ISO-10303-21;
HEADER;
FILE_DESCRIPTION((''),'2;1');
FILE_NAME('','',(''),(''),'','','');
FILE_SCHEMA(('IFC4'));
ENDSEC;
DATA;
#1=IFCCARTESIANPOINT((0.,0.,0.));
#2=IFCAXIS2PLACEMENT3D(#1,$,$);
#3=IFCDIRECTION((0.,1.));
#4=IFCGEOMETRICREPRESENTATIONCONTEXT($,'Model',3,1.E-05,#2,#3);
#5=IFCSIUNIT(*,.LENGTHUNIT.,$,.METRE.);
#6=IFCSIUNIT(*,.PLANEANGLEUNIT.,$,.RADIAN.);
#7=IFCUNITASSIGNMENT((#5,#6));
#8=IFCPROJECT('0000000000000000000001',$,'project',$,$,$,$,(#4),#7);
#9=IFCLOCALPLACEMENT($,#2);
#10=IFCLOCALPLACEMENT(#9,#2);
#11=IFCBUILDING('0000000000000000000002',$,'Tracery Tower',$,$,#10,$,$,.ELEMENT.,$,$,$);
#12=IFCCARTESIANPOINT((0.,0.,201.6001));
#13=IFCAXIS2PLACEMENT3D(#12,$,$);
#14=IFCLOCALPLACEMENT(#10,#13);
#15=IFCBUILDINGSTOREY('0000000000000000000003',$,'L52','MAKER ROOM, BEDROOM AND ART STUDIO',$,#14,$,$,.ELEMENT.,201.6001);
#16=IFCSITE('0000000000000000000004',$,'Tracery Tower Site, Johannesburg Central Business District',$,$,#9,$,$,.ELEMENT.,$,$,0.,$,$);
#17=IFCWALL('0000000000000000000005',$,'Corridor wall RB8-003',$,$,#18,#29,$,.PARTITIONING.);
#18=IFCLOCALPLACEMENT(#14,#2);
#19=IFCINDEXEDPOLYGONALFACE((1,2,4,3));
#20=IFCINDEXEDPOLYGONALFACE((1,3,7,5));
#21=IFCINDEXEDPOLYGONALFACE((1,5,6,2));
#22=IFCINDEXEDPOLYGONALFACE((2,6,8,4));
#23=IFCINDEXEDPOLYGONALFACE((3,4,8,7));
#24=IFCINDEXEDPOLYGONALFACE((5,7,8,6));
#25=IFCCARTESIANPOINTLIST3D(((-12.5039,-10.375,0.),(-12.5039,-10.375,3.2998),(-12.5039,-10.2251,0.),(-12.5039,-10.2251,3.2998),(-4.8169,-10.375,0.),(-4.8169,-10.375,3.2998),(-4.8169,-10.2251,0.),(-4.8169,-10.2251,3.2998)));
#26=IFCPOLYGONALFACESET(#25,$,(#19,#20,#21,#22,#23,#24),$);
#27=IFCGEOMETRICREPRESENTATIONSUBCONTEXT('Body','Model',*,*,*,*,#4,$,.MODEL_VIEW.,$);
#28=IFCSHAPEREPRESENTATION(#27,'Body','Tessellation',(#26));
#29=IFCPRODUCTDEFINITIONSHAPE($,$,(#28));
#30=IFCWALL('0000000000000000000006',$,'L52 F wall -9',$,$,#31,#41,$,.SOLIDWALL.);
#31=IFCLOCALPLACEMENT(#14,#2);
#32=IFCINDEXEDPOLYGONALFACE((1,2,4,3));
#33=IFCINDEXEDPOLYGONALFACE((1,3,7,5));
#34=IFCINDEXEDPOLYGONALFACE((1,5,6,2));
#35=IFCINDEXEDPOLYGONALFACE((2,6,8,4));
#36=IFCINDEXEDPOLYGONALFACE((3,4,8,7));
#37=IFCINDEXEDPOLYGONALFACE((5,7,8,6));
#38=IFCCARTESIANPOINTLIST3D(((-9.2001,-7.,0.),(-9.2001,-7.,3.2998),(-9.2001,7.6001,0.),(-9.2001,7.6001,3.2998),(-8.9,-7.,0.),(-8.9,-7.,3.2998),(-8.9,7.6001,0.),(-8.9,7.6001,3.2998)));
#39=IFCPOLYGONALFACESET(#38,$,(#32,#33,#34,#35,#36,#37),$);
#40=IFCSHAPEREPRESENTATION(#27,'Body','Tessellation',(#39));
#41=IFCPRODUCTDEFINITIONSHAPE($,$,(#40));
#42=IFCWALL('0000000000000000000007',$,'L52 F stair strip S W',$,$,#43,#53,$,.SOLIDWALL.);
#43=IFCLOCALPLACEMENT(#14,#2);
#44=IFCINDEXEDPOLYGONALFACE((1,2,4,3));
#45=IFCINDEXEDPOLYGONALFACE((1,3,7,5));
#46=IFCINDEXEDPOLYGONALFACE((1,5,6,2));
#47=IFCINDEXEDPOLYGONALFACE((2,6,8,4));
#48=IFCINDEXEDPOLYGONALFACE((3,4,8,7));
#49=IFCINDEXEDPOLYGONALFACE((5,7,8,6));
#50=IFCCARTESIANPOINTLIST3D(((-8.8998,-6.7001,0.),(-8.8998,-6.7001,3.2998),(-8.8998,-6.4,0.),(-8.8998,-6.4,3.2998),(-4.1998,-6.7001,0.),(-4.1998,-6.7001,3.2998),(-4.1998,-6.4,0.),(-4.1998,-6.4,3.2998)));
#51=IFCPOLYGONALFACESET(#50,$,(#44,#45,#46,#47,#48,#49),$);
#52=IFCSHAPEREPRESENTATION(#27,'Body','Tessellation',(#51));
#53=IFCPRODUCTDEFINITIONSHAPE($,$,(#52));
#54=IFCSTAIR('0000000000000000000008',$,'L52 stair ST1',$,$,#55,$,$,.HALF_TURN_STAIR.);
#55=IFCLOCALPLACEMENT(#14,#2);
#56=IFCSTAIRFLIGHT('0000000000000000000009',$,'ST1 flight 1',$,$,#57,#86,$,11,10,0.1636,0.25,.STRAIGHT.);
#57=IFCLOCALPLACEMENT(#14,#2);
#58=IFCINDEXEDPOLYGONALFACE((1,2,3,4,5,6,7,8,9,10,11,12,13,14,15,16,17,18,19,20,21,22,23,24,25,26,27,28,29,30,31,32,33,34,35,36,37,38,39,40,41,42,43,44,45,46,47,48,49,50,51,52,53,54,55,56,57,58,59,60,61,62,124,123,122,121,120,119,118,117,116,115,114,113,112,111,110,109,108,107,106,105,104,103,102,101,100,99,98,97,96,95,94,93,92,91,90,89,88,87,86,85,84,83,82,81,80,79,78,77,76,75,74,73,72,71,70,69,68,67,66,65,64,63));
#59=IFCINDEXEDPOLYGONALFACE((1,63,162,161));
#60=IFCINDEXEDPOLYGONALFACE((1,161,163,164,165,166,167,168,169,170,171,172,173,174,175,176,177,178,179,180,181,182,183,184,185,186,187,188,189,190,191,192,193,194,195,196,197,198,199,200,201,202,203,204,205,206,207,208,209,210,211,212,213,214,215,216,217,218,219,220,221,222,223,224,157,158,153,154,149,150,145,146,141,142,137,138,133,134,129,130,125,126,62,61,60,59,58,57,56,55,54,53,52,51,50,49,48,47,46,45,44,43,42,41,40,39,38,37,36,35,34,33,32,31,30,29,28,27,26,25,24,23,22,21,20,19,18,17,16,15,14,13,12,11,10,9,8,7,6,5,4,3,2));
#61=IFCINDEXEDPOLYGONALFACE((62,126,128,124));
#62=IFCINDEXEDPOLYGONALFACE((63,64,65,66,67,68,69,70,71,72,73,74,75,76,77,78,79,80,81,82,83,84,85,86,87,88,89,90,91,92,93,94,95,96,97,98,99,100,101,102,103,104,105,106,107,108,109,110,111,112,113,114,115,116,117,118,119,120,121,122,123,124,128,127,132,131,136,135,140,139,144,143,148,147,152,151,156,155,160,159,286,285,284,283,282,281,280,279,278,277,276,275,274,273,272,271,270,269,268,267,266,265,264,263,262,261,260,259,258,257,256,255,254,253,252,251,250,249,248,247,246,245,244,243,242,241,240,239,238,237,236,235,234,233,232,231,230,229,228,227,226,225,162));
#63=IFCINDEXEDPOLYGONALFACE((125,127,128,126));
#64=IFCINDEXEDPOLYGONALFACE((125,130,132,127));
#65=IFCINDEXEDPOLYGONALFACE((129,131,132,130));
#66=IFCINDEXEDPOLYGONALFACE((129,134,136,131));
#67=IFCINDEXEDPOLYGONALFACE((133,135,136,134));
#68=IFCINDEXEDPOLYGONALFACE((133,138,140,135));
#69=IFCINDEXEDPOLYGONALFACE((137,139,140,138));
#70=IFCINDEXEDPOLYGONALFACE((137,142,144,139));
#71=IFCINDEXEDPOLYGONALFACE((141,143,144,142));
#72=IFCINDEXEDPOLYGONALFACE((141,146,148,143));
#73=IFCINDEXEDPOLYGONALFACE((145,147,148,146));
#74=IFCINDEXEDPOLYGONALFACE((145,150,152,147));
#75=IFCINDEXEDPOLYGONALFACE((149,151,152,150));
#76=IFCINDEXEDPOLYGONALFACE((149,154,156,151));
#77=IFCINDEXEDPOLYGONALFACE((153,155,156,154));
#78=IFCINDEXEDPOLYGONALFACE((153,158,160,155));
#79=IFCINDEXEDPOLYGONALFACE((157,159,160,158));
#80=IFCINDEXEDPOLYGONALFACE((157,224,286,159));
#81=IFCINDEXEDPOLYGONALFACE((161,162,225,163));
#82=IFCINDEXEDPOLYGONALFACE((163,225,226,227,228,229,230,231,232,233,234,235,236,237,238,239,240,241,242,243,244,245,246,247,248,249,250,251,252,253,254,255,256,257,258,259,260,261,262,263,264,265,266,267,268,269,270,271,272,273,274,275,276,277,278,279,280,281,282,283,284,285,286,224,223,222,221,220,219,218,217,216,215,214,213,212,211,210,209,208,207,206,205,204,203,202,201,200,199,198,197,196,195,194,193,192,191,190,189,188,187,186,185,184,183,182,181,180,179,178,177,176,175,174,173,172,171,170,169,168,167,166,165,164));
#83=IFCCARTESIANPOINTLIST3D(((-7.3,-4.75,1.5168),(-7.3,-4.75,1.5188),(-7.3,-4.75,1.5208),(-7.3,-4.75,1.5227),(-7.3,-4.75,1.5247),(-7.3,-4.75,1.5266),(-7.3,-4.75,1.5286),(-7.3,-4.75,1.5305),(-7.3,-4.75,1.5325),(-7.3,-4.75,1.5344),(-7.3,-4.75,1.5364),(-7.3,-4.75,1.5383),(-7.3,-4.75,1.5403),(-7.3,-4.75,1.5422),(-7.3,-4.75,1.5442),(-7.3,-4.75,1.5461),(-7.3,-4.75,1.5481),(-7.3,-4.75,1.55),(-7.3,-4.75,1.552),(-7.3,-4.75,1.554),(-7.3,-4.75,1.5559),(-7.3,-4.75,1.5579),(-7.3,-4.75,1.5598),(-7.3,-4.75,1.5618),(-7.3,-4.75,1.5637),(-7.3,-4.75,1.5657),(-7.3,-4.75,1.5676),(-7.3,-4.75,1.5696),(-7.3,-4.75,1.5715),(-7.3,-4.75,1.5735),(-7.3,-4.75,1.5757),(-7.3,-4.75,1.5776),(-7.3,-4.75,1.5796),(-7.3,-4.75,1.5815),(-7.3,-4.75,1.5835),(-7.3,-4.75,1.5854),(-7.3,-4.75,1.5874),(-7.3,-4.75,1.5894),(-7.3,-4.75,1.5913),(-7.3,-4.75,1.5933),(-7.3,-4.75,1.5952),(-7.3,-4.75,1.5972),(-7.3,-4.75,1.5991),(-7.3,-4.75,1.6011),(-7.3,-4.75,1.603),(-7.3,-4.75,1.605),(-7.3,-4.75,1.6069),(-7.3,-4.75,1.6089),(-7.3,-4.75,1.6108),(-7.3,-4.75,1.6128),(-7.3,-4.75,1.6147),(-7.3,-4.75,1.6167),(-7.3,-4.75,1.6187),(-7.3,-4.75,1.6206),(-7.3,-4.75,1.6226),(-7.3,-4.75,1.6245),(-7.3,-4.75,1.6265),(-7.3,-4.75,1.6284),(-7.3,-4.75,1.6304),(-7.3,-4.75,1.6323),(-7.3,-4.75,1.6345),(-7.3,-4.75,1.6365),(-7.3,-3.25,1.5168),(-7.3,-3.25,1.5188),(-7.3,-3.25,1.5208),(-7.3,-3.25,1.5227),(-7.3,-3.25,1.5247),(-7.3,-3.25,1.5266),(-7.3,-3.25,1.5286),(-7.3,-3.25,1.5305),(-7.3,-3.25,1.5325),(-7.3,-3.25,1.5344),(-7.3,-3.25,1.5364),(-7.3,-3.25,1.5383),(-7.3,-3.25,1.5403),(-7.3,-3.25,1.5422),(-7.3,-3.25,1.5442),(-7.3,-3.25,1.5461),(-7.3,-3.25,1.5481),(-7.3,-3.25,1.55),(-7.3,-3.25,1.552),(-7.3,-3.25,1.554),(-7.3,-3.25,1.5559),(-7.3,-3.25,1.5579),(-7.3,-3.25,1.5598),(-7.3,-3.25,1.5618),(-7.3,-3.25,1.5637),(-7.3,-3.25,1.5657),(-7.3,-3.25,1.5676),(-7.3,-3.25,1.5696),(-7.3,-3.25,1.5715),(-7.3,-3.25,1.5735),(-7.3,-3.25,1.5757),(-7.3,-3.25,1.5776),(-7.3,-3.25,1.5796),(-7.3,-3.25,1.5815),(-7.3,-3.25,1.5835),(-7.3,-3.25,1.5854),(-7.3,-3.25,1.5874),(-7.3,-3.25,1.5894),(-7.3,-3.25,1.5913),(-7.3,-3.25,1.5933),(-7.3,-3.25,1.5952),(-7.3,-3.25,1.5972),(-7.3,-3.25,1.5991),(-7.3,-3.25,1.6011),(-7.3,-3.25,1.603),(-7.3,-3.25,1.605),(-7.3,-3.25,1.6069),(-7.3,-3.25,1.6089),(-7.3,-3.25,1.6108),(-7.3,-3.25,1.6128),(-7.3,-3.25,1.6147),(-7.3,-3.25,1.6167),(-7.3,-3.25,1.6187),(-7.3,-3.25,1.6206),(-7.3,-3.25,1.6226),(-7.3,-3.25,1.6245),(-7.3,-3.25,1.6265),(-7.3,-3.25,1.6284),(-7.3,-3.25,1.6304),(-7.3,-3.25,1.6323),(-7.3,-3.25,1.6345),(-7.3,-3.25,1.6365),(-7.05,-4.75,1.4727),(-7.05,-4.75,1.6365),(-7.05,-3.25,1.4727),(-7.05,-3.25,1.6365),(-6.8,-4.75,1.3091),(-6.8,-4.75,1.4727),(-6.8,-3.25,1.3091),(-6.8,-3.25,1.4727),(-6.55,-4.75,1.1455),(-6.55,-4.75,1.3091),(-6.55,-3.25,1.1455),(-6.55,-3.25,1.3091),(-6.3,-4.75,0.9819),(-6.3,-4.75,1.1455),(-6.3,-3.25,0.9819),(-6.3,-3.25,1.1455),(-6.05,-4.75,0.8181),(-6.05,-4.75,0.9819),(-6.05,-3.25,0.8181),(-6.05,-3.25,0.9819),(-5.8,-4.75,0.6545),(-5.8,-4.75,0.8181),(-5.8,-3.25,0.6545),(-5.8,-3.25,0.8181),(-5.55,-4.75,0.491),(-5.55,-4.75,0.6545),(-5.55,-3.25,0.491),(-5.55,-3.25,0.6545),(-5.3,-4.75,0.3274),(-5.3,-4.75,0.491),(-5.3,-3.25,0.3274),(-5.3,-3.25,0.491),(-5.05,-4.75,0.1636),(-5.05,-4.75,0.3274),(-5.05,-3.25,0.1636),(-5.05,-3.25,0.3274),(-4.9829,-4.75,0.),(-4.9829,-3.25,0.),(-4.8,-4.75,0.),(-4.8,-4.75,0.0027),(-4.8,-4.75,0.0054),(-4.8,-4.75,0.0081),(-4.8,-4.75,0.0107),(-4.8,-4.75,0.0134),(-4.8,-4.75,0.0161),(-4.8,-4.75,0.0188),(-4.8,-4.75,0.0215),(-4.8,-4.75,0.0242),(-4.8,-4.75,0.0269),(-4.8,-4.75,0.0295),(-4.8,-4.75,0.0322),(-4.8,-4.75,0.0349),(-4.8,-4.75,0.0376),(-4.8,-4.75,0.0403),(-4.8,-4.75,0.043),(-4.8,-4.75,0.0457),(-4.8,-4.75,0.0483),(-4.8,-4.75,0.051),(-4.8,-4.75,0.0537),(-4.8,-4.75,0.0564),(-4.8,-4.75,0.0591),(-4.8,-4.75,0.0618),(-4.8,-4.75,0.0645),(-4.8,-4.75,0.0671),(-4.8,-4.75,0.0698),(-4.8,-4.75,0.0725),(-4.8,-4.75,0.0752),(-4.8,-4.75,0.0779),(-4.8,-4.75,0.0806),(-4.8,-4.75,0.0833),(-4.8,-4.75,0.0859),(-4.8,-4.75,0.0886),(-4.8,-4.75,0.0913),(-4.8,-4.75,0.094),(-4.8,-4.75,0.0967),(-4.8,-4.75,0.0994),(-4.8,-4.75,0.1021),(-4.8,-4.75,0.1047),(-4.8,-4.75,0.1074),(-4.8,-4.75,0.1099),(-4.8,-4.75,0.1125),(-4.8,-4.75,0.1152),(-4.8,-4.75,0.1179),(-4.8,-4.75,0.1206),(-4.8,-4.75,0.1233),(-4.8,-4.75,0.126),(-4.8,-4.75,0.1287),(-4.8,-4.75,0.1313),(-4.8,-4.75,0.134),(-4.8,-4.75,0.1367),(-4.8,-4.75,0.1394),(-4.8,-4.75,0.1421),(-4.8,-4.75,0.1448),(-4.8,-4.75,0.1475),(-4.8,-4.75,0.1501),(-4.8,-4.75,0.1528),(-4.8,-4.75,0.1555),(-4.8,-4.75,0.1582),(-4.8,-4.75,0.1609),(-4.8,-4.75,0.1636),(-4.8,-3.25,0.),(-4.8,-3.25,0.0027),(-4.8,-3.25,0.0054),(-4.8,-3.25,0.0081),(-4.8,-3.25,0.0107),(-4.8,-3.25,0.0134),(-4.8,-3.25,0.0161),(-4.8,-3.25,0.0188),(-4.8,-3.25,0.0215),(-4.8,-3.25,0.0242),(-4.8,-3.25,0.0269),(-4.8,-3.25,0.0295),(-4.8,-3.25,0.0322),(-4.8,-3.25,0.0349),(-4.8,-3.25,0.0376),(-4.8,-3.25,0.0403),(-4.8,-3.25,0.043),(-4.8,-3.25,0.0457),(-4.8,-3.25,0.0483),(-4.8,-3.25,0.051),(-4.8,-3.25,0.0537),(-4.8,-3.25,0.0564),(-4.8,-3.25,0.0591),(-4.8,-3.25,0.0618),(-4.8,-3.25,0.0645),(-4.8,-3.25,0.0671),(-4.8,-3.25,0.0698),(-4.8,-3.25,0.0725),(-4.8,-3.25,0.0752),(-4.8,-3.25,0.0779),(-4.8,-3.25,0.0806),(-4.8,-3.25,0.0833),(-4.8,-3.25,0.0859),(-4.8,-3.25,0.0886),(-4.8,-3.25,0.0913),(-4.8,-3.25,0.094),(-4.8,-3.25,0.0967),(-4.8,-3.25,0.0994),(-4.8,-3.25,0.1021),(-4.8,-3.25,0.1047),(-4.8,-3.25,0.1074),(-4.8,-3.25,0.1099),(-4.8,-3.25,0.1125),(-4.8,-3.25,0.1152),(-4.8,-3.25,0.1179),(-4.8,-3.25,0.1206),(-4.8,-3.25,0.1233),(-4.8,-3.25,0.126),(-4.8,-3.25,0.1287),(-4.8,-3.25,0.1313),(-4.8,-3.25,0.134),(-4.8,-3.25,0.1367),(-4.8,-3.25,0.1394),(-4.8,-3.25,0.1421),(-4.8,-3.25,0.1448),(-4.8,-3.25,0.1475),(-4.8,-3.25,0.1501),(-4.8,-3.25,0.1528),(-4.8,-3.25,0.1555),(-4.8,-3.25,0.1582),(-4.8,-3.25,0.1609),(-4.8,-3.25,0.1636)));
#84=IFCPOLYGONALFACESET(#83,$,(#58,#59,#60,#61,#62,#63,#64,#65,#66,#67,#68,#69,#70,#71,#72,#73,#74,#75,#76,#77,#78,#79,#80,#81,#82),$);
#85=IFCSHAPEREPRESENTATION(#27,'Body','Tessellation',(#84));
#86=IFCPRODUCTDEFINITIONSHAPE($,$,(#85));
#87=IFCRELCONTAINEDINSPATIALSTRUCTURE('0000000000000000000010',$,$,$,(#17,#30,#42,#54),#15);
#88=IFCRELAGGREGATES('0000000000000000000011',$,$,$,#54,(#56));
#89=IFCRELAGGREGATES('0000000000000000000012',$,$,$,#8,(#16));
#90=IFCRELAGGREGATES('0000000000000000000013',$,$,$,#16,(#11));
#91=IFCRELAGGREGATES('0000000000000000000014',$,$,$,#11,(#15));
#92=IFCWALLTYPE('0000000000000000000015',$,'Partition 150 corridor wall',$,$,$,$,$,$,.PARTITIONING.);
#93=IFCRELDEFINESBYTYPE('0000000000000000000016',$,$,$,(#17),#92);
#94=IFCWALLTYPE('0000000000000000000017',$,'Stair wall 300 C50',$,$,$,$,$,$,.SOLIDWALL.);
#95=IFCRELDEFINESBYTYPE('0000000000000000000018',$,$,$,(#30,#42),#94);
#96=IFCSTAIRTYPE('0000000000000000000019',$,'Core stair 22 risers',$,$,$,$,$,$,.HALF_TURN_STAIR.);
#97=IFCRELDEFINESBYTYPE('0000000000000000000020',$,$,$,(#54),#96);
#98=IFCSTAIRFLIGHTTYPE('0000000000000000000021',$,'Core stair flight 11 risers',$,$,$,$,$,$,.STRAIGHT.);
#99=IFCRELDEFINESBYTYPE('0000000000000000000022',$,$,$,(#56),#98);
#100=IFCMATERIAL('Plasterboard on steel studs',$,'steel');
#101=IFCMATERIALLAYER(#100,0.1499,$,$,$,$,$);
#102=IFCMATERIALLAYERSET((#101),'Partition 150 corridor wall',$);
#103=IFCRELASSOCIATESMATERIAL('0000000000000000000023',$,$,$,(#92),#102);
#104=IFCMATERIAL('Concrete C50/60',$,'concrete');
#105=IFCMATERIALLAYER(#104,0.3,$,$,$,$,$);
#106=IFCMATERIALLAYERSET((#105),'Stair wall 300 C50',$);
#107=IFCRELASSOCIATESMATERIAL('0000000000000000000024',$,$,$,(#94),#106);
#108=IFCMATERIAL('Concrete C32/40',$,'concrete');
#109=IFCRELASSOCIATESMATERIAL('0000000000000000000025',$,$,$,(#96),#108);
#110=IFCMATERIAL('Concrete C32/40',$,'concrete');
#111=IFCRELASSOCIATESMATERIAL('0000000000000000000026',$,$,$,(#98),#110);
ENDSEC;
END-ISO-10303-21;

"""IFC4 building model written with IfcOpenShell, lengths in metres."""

from ifc_helpers import new_model, si_unit, direction, frame, frame_2d, origin, place, context, subcontext, project, spatial, polyline, rectangle, outline, extrude, material, layer, layer_set, type_object, element, aggregate, save


model = new_model("IFC4")

# Units and contexts
model_context = context("Model", 3, precision=1e-05, world=origin(), true_north=direction((0.0, 1.0)))
body_context = subcontext(model_context, "Body", "Model", "MODEL_VIEW")
ifc_project = project(units=[si_unit("LENGTHUNIT", "METRE"), si_unit("PLANEANGLEUNIT", "RADIAN")], contexts=[model_context])

# Site, building, storey
site_placement = place(None, origin())
site = spatial("IfcSite", under=ifc_project, at=site_placement, Name="Tracery Tower Site, Johannesburg Central Business District", CompositionType="ELEMENT", RefElevation=0.0)
building_placement = place(site_placement, origin())
building = spatial("IfcBuilding", under=site, at=building_placement, Name="Tracery Tower", CompositionType="ELEMENT")
storey_placement = place(building_placement, frame((0.0, 0.0, 201.6001)))
storey = spatial("IfcBuildingStorey", under=building, at=storey_placement, Name="L52", Description="MAKER ROOM, BEDROOM AND ART STUDIO", CompositionType="ELEMENT", Elevation=201.6001)

# Wall
ifc_material_1 = material(Name="Plasterboard on steel studs", Category="steel")
ifc_layer_1 = layer(ifc_material_1, 0.1499)
ifc_layer_set_1 = layer_set([ifc_layer_1], Name="Partition 150 corridor wall")
wall_type_1 = type_object("IfcWallType", Name="Partition 150 corridor wall", PredefinedType="PARTITIONING", material=ifc_layer_set_1)
wall_1_placement = place(storey_placement, frame((-12.5039, -10.3, 0.0), z_axis=(0.0, 0.0, 1.0), x_axis=(1.0, 0.0, 0.0)))
element("IfcWall", 1, at=wall_1_placement, inside=storey, type_object=wall_type_1, Name="Corridor wall RB8-003", PredefinedType="PARTITIONING", context=body_context, shape_type="SweptSolid", body=[
    extrude(rectangle(XDim=7.687, YDim=0.1499, at=frame_2d((3.8435, 0.0))), origin(), (0.0, 0.0, 1.0), 3.2998),
])

# Shared definitions
ifc_material_2 = material(Name="Concrete C50/60", Category="concrete")
ifc_layer_2 = layer(ifc_material_2, 0.3)
ifc_layer_set_2 = layer_set([ifc_layer_2], Name="Stair wall 300 C50")
wall_type_2 = type_object("IfcWallType", Name="Stair wall 300 C50", PredefinedType="SOLIDWALL", material=ifc_layer_set_2)

# Walls
wall_2_placement = place(storey_placement, frame((-9.05, -7.0, 0.0), z_axis=(0.0, 0.0, 1.0), x_axis=(0.0, 1.0, 0.0)))
element("IfcWall", 2, at=wall_2_placement, inside=storey, type_object=wall_type_2, Name="L52 F wall -9", PredefinedType="SOLIDWALL", context=body_context, shape_type="SweptSolid", body=[
    extrude(rectangle(XDim=14.6001, YDim=0.3, at=frame_2d((7.3, 0.0))), origin(), (0.0, 0.0, 1.0), 3.2998),
])
wall_3_placement = place(storey_placement, frame((-8.8999, -6.55, 0.0), z_axis=(0.0, 0.0, 1.0), x_axis=(1.0, 0.0, 0.0)))
element("IfcWall", 3, at=wall_3_placement, inside=storey, type_object=wall_type_2, Name="L52 F stair strip S W", PredefinedType="SOLIDWALL", context=body_context, shape_type="SweptSolid", body=[
    extrude(rectangle(XDim=4.7, YDim=0.3, at=frame_2d((2.3501, 0.0))), origin(), (0.0, 0.0, 1.0), 3.2998),
])

# Stair, stair flight
ifc_material_3 = material(Name="Concrete C32/40", Category="concrete")
stair_type = type_object("IfcStairType", Name="Core stair 22 risers", PredefinedType="HALF_TURN_STAIR", material=ifc_material_3)
stair_placement = place(storey_placement, origin())
stair = element("IfcStair", 4, at=stair_placement, inside=storey, type_object=stair_type, Name="L52 stair ST1", PredefinedType="HALF_TURN_STAIR")
ifc_material_4 = material(Name="Concrete C32/40", Category="concrete")
stair_flight_type = type_object("IfcStairFlightType", Name="Core stair flight 11 risers", PredefinedType="STRAIGHT", material=ifc_material_4)
stair_flight_1_placement = place(storey_placement, frame((-4.8, -4.0, 0.0), z_axis=(0.0, 0.0, 1.0), x_axis=(-1.0, 0.0, 0.0)))
stair_flight_1 = element("IfcStairFlight", 5, at=stair_flight_1_placement, type_object=stair_flight_type, Name="ST1 flight 1", NumberOfRisers=11, NumberOfTreads=10, PredefinedType="STRAIGHT", RiserHeight=0.1636, TreadLength=0.25, context=body_context, shape_type="SweptSolid", body=[
    extrude(outline(polyline([(0.0, 0.0), (0.0, 0.0027), (0.0, 0.0054), (0.0, 0.0081), (0.0, 0.0107), (0.0, 0.0134), (0.0, 0.0161), (0.0, 0.0188), (0.0, 0.0215), (0.0, 0.0242), (0.0, 0.0269), (0.0, 0.0295), (0.0, 0.0322), (0.0, 0.0349), (0.0, 0.0376), (0.0, 0.0403), (0.0, 0.043), (0.0, 0.0457), (0.0, 0.0483), (0.0, 0.051), (0.0, 0.0537), (0.0, 0.0564), (0.0, 0.0591), (0.0, 0.0618), (0.0, 0.0645), (0.0, 0.0671), (0.0, 0.0698), (0.0, 0.0725), (0.0, 0.0752), (0.0, 0.0779), (0.0, 0.0806), (0.0, 0.0833), (0.0, 0.0859), (0.0, 0.0886), (0.0, 0.0913), (0.0, 0.094), (0.0, 0.0967), (0.0, 0.0994), (0.0, 0.1021), (0.0, 0.1047), (0.0, 0.1074), (0.0, 0.1099), (0.0, 0.1125), (0.0, 0.1152), (0.0, 0.1179), (0.0, 0.1206), (0.0, 0.1233), (0.0, 0.126), (0.0, 0.1287), (0.0, 0.1313), (0.0, 0.134), (0.0, 0.1367), (0.0, 0.1394), (0.0, 0.1421), (0.0, 0.1448), (0.0, 0.1475), (0.0, 0.1501), (0.0, 0.1528), (0.0, 0.1555), (0.0, 0.1582), (0.0, 0.1609), (0.0, 0.1636), (0.25, 0.1636), (0.25, 0.3274), (0.5, 0.3274), (0.5, 0.491), (0.75, 0.491), (0.75, 0.6545), (1.0, 0.6545), (1.0, 0.8181), (1.25, 0.8181), (1.25, 0.9819), (1.5, 0.9819), (1.5, 1.1455), (1.75, 1.1455), (1.75, 1.3091), (2.0, 1.3091), (2.0, 1.4727), (2.25, 1.4727), (2.25, 1.6365), (2.5, 1.6365), (2.5, 1.6345), (2.5, 1.6323), (2.5, 1.6304), (2.5, 1.6284), (2.5, 1.6265), (2.5, 1.6245), (2.5, 1.6226), (2.5, 1.6206), (2.5, 1.6187), (2.5, 1.6167), (2.5, 1.6147), (2.5, 1.6128), (2.5, 1.6108), (2.5, 1.6089), (2.5, 1.6069), (2.5, 1.605), (2.5, 1.603), (2.5, 1.6011), (2.5, 1.5991), (2.5, 1.5972), (2.5, 1.5952), (2.5, 1.5933), (2.5, 1.5913), (2.5, 1.5894), (2.5, 1.5874), (2.5, 1.5854), (2.5, 1.5835), (2.5, 1.5815), (2.5, 1.5796), (2.5, 1.5776), (2.5, 1.5757), (2.5, 1.5735), (2.5, 1.5715), (2.5, 1.5696), (2.5, 1.5676), (2.5, 1.5657), (2.5, 1.5637), (2.5, 1.5618), (2.5, 1.5598), (2.5, 1.5579), (2.5, 1.5559), (2.5, 1.554), (2.5, 1.552), (2.5, 1.55), (2.5, 1.5481), (2.5, 1.5461), (2.5, 1.5442), (2.5, 1.5422), (2.5, 1.5403), (2.5, 1.5383), (2.5, 1.5364), (2.5, 1.5344), (2.5, 1.5325), (2.5, 1.5305), (2.5, 1.5286), (2.5, 1.5266), (2.5, 1.5247), (2.5, 1.5227), (2.5, 1.5208), (2.5, 1.5188), (2.5, 1.5168), (0.1829, 0.0), (0.0, 0.0)])), frame((0.0, 0.75, 0.0), z_axis=(0.0, -1.0, 0.0), x_axis=(1.0, 0.0, 0.0)), (0.0, 0.0, 1.0), 1.5),
])
aggregate(stair, [stair_flight_1])

save(model, "model.ifc")
